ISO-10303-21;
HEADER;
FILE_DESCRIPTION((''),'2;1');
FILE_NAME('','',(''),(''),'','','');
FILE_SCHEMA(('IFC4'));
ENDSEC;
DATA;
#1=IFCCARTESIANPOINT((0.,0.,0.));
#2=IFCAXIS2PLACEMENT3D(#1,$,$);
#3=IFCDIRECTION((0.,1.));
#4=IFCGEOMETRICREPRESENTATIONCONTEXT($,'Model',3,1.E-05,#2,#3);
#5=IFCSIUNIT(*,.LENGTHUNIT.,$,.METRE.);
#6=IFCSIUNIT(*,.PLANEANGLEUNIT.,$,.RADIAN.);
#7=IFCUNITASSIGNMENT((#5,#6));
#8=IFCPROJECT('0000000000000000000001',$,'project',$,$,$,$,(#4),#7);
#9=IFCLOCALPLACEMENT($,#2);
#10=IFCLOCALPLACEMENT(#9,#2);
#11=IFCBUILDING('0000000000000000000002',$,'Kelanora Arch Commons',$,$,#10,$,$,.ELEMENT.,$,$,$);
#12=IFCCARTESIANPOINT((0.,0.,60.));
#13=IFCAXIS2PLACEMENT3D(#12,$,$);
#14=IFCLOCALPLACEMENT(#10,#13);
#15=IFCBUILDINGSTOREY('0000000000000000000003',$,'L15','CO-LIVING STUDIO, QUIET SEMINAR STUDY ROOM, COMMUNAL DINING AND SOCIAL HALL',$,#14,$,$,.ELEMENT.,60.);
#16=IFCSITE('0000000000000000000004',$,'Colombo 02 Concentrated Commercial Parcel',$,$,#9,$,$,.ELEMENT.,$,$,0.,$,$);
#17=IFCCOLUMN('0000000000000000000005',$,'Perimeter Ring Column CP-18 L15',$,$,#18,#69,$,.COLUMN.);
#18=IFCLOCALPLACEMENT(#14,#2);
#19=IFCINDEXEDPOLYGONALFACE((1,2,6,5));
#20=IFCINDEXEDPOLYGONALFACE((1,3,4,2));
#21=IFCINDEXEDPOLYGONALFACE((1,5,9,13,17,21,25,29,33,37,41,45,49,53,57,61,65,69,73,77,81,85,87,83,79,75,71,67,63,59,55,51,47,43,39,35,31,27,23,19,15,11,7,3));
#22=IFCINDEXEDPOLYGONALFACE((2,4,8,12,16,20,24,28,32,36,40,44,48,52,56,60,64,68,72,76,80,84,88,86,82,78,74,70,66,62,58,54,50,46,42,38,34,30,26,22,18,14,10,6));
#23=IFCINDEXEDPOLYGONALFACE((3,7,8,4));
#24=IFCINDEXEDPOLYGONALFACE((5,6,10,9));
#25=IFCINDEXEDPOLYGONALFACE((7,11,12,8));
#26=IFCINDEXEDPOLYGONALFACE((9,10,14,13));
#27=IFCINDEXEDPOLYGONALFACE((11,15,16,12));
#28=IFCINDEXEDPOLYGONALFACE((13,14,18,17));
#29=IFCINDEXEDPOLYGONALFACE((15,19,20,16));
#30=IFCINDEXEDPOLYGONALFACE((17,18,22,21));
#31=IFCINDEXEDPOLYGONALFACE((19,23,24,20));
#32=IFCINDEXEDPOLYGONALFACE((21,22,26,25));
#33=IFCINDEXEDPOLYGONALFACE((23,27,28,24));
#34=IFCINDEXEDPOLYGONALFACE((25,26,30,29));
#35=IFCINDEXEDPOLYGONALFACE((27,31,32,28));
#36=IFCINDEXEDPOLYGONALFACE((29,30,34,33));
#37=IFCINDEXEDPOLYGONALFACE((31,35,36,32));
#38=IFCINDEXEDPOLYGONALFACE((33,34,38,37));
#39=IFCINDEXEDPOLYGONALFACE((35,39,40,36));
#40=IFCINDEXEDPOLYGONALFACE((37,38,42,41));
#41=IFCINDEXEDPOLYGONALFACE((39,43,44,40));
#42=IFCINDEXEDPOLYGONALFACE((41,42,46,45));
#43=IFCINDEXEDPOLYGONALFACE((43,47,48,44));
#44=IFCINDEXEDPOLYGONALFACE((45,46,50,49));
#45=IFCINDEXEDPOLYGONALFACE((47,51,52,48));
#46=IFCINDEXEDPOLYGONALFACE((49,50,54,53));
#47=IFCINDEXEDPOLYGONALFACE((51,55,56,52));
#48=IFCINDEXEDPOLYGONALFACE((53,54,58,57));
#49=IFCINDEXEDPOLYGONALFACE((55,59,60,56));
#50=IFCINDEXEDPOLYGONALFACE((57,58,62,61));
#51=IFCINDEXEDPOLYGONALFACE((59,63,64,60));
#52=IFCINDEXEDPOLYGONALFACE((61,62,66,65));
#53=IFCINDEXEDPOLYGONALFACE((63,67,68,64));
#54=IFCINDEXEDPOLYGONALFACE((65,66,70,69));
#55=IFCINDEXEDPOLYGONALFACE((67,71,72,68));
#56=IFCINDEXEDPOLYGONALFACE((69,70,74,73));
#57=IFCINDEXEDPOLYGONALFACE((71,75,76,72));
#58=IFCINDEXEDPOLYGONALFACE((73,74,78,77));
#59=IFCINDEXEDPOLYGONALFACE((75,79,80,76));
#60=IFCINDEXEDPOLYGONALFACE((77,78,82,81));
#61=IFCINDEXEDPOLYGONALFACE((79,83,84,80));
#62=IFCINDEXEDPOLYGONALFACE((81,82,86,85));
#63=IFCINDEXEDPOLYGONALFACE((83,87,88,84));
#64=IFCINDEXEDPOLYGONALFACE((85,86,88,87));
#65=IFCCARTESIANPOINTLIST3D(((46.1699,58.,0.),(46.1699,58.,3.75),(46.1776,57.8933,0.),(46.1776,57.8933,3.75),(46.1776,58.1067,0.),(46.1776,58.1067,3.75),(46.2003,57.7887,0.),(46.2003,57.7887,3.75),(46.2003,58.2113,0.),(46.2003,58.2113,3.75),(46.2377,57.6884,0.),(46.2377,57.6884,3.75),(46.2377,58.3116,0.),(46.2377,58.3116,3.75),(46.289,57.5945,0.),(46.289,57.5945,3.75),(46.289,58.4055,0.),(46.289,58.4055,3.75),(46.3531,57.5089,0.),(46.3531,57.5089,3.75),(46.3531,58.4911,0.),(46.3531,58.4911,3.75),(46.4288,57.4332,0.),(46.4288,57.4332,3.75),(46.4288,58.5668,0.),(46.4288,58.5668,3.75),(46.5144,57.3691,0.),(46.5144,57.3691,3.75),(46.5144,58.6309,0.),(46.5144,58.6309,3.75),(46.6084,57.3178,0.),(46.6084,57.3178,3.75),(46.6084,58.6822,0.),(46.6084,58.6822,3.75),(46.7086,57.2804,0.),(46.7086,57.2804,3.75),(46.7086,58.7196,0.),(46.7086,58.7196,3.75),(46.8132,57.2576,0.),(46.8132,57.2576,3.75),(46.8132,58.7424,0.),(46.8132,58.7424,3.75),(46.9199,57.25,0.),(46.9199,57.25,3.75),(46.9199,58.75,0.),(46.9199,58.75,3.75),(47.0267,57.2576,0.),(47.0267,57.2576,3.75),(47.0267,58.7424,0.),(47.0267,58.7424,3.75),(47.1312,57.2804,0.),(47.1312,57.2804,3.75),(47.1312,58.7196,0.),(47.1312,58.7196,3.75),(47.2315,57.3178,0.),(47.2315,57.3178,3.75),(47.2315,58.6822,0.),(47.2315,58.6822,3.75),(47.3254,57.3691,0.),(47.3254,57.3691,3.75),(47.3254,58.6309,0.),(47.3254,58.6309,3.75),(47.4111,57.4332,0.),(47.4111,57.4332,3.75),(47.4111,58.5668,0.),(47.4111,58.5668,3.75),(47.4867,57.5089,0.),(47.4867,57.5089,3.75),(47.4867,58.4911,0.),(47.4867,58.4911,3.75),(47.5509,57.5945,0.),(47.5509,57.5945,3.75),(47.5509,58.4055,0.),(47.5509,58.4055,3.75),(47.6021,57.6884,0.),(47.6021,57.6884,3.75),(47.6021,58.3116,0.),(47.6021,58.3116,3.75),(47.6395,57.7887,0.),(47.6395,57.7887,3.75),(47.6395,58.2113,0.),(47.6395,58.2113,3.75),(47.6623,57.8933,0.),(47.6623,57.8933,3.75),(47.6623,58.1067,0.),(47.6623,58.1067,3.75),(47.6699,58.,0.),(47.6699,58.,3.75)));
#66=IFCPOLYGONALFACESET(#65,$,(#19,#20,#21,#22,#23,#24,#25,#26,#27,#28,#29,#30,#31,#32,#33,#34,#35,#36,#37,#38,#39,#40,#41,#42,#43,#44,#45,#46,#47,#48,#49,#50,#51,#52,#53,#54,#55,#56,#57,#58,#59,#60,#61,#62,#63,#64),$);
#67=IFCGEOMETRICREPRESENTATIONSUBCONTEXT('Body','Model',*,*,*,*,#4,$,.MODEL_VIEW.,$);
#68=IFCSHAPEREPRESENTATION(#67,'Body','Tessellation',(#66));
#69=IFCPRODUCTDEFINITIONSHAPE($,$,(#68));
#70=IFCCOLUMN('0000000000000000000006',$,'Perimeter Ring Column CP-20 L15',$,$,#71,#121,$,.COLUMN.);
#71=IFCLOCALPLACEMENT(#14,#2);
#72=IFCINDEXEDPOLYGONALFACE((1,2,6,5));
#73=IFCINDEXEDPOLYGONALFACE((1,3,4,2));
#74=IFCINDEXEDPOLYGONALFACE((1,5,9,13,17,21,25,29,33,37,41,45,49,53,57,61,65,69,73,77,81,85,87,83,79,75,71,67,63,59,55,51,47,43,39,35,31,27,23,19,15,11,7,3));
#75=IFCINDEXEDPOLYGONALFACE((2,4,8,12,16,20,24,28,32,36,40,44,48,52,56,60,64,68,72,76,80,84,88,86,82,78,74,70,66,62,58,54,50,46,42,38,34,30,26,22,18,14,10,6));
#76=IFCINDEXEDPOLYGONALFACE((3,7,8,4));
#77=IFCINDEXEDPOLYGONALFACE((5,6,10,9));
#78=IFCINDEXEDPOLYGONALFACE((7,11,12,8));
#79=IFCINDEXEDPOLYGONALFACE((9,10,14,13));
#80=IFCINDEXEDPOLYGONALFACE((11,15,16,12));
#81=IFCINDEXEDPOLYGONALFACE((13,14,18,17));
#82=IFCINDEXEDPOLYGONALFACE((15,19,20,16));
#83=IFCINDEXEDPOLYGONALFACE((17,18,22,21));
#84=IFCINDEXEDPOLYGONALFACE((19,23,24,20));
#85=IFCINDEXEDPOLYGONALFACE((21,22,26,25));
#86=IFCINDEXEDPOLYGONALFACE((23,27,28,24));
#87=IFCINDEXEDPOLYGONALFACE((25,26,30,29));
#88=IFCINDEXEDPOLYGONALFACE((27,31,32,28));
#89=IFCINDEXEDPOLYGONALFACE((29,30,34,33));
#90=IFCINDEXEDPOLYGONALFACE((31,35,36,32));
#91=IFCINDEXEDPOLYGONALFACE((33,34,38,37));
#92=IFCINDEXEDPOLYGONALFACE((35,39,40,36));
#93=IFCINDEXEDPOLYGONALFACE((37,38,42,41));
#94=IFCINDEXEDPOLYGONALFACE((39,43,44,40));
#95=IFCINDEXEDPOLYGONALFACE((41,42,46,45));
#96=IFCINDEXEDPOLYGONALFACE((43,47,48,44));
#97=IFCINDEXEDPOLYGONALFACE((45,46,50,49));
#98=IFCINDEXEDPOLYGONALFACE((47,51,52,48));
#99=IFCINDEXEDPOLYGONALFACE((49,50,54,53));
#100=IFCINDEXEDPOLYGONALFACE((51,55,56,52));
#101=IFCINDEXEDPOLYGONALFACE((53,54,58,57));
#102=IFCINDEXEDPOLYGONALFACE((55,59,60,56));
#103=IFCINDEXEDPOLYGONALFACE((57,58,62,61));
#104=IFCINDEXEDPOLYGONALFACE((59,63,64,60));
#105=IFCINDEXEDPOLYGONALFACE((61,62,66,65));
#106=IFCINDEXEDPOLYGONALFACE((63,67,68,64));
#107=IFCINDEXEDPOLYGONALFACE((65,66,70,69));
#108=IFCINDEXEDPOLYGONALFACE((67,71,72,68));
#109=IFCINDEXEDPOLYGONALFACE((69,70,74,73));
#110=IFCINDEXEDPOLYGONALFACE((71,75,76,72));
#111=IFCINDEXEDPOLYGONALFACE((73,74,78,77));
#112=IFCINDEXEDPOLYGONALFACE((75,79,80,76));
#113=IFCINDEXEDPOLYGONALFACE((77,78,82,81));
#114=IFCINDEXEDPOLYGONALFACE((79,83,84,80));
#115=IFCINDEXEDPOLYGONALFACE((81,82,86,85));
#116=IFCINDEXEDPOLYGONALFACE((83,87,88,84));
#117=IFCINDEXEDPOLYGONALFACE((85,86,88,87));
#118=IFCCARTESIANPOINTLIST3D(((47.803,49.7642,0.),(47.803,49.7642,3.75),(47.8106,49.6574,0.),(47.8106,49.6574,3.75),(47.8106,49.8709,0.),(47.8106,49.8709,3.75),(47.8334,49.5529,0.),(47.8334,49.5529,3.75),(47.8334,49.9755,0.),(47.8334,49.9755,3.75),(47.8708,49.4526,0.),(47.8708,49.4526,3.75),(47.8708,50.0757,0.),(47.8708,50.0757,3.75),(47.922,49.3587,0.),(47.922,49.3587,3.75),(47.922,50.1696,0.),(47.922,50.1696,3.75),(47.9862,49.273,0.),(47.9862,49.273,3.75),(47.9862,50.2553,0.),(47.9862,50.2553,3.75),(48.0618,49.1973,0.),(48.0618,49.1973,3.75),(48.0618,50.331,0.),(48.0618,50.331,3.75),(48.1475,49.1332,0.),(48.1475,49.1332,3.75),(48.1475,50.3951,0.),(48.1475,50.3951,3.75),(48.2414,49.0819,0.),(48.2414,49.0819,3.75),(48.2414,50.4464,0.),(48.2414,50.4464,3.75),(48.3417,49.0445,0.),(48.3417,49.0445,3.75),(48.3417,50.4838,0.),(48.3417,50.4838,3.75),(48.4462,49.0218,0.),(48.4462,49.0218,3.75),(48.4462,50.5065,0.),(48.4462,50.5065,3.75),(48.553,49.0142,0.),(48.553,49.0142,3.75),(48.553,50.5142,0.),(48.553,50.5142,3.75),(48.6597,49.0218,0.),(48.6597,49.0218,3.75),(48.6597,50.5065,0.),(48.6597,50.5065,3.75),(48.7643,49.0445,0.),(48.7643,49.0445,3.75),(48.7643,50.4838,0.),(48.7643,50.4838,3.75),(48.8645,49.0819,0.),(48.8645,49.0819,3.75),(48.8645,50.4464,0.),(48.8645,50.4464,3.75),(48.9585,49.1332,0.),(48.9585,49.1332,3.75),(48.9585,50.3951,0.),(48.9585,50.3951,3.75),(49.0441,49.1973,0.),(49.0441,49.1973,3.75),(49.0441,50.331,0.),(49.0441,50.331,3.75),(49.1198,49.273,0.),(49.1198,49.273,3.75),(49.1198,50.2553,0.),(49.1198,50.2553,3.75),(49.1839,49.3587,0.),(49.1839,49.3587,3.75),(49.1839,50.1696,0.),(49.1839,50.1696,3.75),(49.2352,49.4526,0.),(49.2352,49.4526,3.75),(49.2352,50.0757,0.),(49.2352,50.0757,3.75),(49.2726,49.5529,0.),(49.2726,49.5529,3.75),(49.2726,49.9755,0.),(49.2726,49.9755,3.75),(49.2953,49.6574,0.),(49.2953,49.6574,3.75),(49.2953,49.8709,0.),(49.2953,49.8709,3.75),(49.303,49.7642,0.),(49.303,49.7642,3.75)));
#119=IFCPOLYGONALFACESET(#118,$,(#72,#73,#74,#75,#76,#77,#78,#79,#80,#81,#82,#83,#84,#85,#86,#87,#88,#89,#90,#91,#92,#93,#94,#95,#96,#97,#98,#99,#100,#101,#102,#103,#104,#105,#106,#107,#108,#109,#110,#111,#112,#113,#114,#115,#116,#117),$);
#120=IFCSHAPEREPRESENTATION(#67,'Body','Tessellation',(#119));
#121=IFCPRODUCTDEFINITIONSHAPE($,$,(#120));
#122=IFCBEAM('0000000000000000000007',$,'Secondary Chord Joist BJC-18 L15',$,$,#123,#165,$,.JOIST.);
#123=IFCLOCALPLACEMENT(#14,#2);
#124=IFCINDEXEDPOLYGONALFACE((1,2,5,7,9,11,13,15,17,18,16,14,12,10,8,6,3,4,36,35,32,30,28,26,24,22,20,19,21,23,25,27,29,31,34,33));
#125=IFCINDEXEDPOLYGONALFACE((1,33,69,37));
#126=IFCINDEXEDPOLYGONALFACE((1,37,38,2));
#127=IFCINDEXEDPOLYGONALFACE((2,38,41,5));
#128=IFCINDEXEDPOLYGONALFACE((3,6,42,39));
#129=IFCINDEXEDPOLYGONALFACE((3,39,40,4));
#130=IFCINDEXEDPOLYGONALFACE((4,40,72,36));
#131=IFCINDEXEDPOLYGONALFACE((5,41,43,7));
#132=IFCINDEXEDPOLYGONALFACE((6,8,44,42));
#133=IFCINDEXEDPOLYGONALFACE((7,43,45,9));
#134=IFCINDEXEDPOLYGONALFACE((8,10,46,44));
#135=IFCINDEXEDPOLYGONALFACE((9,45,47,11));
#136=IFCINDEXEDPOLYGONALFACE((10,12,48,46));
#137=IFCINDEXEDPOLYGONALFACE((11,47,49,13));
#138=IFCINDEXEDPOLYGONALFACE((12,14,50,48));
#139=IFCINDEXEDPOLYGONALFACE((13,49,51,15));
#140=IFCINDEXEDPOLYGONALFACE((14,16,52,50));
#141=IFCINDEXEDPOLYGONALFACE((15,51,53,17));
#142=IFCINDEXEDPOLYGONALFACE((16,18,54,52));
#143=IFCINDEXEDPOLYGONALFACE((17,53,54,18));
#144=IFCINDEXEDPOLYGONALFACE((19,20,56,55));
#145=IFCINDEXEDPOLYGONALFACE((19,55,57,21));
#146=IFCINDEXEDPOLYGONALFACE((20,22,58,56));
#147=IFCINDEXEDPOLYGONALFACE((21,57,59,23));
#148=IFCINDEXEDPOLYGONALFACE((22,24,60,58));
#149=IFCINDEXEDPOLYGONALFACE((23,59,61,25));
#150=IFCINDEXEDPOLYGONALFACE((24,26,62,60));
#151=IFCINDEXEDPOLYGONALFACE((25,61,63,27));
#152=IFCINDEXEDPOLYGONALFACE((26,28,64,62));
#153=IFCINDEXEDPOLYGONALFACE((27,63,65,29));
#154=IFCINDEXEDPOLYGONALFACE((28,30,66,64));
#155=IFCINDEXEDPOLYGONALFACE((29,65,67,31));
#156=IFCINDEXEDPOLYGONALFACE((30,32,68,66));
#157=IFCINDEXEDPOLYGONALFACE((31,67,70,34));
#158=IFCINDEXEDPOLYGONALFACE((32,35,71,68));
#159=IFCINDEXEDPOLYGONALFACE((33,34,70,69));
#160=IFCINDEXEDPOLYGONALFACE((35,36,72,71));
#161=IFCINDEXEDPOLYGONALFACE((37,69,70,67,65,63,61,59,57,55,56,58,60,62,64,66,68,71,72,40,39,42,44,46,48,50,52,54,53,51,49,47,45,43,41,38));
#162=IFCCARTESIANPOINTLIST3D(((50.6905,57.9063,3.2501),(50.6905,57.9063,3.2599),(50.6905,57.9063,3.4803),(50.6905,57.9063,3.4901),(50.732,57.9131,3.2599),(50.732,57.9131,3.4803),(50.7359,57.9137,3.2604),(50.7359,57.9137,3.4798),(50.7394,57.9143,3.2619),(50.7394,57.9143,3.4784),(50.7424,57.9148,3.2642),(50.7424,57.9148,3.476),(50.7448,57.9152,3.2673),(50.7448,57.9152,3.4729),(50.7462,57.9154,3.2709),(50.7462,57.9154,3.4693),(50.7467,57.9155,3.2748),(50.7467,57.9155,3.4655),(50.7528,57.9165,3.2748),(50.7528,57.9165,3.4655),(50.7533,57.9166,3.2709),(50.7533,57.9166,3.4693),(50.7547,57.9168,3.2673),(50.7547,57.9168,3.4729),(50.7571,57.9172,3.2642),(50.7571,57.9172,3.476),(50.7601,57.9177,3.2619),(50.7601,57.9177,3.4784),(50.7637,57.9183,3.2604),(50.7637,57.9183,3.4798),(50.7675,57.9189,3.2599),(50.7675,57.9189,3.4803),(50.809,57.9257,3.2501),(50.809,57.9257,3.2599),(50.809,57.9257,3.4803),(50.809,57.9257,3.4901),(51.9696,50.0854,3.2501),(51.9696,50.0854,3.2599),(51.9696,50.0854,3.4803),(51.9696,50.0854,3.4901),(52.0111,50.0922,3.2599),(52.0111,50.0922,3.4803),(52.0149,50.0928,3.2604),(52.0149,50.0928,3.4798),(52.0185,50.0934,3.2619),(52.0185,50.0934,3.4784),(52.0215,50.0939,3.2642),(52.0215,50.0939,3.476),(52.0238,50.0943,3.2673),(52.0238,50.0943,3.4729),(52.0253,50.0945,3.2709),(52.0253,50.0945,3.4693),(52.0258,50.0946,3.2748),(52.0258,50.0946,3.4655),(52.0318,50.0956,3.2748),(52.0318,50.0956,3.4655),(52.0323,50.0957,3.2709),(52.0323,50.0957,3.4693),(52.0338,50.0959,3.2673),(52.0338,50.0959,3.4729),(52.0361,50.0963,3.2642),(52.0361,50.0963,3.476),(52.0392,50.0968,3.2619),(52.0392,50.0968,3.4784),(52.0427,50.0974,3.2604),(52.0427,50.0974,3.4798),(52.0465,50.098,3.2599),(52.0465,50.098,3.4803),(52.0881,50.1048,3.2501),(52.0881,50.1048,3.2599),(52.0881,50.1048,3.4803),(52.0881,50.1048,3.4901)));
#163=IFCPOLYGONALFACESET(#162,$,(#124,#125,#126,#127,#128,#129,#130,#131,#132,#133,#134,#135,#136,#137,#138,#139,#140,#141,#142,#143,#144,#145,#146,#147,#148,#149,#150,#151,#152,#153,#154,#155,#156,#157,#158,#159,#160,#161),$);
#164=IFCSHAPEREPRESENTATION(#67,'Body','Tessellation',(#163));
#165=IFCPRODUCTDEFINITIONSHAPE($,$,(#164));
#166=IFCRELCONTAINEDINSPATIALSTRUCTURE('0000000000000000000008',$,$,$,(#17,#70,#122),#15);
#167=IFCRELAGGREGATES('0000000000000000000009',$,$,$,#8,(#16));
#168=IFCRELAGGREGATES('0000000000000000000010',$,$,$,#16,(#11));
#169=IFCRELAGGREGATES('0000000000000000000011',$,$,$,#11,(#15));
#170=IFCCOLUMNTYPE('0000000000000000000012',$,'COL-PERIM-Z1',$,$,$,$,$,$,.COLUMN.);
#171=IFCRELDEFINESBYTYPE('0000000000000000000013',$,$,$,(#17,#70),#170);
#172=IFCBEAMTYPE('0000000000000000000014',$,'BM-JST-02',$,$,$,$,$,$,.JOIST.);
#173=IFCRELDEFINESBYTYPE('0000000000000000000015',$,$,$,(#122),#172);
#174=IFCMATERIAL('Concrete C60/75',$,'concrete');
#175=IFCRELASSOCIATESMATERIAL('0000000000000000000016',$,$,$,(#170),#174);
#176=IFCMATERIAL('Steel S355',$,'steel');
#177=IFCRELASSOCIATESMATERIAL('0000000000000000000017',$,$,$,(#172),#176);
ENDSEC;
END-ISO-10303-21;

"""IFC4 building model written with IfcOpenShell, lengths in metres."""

from ifc_helpers import new_model, si_unit, direction, frame, origin, origin_2d, place, context, subcontext, project, spatial, circle, i_section, extrude, material, material_profile, profile_set, type_object, element, save


model = new_model("IFC4")

# Units and contexts
model_context = context("Model", 3, precision=1e-05, world=origin(), true_north=direction((0.0, 1.0)))
body_context = subcontext(model_context, "Body", "Model", "MODEL_VIEW")
ifc_project = project(units=[si_unit("LENGTHUNIT", "METRE"), si_unit("PLANEANGLEUNIT", "RADIAN")], contexts=[model_context])

# Site, building, storey
site_placement = place(None, origin())
site = spatial("IfcSite", under=ifc_project, at=site_placement, Name="Colombo 02 Concentrated Commercial Parcel", CompositionType="ELEMENT", RefElevation=0.0)
building_placement = place(site_placement, origin())
building = spatial("IfcBuilding", under=site, at=building_placement, Name="Kelanora Arch Commons", CompositionType="ELEMENT")
storey_placement = place(building_placement, frame((0.0, 0.0, 60.0)))
storey = spatial("IfcBuildingStorey", under=building, at=storey_placement, Name="L15", Description="CO-LIVING STUDIO, QUIET SEMINAR STUDY ROOM, COMMUNAL DINING AND SOCIAL HALL", CompositionType="ELEMENT", Elevation=60.0)

# Columns
ifc_material_1 = material(Name="Concrete C60/75", Category="concrete")
ifc_material_profile_1 = material_profile(ifc_material_1, circle(Radius=0.75, at=origin_2d()), Name="RCC1500")
ifc_profile_set_1 = profile_set([ifc_material_profile_1], Name="Concrete C60/75")
column_type = type_object("IfcColumnType", Name="COL-PERIM-Z1", PredefinedType="COLUMN", material=ifc_profile_set_1)
for number, where, z_axis, x_axis, name in (
    (1, (46.9199, 58.0, 0.0), (0.0, 0.0, 1.0), (1.0, 0.0, 0.0), "Perimeter Ring Column CP-18 L15"),
    (2, (48.553, 49.7642, 0.0), (0.0, 0.0, 1.0), (1.0, 0.0, 0.0), "Perimeter Ring Column CP-20 L15"),
):
    element("IfcColumn", number, at=place(storey_placement, frame(where, z_axis=z_axis, x_axis=x_axis)), inside=storey, type_object=column_type, Name=name, PredefinedType="COLUMN", context=body_context, shape_type="SweptSolid", body=[
        extrude(circle(Radius=0.75, at=origin_2d()), origin(), (0.0, 0.0, 1.0), 3.75),
    ])

# Beam
ifc_material_2 = material(Name="Steel S355", Category="steel")
ifc_material_profile_2 = material_profile(ifc_material_2, i_section(OverallWidth=0.1201, OverallDepth=0.24, WebThickness=0.0061, FlangeThickness=0.0098, FilletRadius=0.0149, at=origin_2d()), Name="IPE240")
ifc_profile_set_2 = profile_set([ifc_material_profile_2], Name="Steel S355")
beam_type_1 = type_object("IfcBeamType", Name="BM-JST-02", PredefinedType="JOIST", material=ifc_profile_set_2)
beam_1_placement = place(storey_placement, frame((50.7498, 57.916, 3.3701), z_axis=(0.161401, -0.986889, 0.0), x_axis=(0.986889, 0.161401, 0.0)))
element("IfcBeam", 3, at=beam_1_placement, inside=storey, type_object=beam_type_1, Name="Secondary Chord Joist BJC-18 L15", PredefinedType="JOIST", context=body_context, shape_type="SweptSolid", body=[
    extrude(i_section(OverallWidth=0.1201, OverallDepth=0.24, WebThickness=0.0061, FlangeThickness=0.0098, FilletRadius=0.0149, at=origin_2d()), origin(), (0.0, 0.0, 1.0), 7.9248),
])

save(model, "model.ifc")
